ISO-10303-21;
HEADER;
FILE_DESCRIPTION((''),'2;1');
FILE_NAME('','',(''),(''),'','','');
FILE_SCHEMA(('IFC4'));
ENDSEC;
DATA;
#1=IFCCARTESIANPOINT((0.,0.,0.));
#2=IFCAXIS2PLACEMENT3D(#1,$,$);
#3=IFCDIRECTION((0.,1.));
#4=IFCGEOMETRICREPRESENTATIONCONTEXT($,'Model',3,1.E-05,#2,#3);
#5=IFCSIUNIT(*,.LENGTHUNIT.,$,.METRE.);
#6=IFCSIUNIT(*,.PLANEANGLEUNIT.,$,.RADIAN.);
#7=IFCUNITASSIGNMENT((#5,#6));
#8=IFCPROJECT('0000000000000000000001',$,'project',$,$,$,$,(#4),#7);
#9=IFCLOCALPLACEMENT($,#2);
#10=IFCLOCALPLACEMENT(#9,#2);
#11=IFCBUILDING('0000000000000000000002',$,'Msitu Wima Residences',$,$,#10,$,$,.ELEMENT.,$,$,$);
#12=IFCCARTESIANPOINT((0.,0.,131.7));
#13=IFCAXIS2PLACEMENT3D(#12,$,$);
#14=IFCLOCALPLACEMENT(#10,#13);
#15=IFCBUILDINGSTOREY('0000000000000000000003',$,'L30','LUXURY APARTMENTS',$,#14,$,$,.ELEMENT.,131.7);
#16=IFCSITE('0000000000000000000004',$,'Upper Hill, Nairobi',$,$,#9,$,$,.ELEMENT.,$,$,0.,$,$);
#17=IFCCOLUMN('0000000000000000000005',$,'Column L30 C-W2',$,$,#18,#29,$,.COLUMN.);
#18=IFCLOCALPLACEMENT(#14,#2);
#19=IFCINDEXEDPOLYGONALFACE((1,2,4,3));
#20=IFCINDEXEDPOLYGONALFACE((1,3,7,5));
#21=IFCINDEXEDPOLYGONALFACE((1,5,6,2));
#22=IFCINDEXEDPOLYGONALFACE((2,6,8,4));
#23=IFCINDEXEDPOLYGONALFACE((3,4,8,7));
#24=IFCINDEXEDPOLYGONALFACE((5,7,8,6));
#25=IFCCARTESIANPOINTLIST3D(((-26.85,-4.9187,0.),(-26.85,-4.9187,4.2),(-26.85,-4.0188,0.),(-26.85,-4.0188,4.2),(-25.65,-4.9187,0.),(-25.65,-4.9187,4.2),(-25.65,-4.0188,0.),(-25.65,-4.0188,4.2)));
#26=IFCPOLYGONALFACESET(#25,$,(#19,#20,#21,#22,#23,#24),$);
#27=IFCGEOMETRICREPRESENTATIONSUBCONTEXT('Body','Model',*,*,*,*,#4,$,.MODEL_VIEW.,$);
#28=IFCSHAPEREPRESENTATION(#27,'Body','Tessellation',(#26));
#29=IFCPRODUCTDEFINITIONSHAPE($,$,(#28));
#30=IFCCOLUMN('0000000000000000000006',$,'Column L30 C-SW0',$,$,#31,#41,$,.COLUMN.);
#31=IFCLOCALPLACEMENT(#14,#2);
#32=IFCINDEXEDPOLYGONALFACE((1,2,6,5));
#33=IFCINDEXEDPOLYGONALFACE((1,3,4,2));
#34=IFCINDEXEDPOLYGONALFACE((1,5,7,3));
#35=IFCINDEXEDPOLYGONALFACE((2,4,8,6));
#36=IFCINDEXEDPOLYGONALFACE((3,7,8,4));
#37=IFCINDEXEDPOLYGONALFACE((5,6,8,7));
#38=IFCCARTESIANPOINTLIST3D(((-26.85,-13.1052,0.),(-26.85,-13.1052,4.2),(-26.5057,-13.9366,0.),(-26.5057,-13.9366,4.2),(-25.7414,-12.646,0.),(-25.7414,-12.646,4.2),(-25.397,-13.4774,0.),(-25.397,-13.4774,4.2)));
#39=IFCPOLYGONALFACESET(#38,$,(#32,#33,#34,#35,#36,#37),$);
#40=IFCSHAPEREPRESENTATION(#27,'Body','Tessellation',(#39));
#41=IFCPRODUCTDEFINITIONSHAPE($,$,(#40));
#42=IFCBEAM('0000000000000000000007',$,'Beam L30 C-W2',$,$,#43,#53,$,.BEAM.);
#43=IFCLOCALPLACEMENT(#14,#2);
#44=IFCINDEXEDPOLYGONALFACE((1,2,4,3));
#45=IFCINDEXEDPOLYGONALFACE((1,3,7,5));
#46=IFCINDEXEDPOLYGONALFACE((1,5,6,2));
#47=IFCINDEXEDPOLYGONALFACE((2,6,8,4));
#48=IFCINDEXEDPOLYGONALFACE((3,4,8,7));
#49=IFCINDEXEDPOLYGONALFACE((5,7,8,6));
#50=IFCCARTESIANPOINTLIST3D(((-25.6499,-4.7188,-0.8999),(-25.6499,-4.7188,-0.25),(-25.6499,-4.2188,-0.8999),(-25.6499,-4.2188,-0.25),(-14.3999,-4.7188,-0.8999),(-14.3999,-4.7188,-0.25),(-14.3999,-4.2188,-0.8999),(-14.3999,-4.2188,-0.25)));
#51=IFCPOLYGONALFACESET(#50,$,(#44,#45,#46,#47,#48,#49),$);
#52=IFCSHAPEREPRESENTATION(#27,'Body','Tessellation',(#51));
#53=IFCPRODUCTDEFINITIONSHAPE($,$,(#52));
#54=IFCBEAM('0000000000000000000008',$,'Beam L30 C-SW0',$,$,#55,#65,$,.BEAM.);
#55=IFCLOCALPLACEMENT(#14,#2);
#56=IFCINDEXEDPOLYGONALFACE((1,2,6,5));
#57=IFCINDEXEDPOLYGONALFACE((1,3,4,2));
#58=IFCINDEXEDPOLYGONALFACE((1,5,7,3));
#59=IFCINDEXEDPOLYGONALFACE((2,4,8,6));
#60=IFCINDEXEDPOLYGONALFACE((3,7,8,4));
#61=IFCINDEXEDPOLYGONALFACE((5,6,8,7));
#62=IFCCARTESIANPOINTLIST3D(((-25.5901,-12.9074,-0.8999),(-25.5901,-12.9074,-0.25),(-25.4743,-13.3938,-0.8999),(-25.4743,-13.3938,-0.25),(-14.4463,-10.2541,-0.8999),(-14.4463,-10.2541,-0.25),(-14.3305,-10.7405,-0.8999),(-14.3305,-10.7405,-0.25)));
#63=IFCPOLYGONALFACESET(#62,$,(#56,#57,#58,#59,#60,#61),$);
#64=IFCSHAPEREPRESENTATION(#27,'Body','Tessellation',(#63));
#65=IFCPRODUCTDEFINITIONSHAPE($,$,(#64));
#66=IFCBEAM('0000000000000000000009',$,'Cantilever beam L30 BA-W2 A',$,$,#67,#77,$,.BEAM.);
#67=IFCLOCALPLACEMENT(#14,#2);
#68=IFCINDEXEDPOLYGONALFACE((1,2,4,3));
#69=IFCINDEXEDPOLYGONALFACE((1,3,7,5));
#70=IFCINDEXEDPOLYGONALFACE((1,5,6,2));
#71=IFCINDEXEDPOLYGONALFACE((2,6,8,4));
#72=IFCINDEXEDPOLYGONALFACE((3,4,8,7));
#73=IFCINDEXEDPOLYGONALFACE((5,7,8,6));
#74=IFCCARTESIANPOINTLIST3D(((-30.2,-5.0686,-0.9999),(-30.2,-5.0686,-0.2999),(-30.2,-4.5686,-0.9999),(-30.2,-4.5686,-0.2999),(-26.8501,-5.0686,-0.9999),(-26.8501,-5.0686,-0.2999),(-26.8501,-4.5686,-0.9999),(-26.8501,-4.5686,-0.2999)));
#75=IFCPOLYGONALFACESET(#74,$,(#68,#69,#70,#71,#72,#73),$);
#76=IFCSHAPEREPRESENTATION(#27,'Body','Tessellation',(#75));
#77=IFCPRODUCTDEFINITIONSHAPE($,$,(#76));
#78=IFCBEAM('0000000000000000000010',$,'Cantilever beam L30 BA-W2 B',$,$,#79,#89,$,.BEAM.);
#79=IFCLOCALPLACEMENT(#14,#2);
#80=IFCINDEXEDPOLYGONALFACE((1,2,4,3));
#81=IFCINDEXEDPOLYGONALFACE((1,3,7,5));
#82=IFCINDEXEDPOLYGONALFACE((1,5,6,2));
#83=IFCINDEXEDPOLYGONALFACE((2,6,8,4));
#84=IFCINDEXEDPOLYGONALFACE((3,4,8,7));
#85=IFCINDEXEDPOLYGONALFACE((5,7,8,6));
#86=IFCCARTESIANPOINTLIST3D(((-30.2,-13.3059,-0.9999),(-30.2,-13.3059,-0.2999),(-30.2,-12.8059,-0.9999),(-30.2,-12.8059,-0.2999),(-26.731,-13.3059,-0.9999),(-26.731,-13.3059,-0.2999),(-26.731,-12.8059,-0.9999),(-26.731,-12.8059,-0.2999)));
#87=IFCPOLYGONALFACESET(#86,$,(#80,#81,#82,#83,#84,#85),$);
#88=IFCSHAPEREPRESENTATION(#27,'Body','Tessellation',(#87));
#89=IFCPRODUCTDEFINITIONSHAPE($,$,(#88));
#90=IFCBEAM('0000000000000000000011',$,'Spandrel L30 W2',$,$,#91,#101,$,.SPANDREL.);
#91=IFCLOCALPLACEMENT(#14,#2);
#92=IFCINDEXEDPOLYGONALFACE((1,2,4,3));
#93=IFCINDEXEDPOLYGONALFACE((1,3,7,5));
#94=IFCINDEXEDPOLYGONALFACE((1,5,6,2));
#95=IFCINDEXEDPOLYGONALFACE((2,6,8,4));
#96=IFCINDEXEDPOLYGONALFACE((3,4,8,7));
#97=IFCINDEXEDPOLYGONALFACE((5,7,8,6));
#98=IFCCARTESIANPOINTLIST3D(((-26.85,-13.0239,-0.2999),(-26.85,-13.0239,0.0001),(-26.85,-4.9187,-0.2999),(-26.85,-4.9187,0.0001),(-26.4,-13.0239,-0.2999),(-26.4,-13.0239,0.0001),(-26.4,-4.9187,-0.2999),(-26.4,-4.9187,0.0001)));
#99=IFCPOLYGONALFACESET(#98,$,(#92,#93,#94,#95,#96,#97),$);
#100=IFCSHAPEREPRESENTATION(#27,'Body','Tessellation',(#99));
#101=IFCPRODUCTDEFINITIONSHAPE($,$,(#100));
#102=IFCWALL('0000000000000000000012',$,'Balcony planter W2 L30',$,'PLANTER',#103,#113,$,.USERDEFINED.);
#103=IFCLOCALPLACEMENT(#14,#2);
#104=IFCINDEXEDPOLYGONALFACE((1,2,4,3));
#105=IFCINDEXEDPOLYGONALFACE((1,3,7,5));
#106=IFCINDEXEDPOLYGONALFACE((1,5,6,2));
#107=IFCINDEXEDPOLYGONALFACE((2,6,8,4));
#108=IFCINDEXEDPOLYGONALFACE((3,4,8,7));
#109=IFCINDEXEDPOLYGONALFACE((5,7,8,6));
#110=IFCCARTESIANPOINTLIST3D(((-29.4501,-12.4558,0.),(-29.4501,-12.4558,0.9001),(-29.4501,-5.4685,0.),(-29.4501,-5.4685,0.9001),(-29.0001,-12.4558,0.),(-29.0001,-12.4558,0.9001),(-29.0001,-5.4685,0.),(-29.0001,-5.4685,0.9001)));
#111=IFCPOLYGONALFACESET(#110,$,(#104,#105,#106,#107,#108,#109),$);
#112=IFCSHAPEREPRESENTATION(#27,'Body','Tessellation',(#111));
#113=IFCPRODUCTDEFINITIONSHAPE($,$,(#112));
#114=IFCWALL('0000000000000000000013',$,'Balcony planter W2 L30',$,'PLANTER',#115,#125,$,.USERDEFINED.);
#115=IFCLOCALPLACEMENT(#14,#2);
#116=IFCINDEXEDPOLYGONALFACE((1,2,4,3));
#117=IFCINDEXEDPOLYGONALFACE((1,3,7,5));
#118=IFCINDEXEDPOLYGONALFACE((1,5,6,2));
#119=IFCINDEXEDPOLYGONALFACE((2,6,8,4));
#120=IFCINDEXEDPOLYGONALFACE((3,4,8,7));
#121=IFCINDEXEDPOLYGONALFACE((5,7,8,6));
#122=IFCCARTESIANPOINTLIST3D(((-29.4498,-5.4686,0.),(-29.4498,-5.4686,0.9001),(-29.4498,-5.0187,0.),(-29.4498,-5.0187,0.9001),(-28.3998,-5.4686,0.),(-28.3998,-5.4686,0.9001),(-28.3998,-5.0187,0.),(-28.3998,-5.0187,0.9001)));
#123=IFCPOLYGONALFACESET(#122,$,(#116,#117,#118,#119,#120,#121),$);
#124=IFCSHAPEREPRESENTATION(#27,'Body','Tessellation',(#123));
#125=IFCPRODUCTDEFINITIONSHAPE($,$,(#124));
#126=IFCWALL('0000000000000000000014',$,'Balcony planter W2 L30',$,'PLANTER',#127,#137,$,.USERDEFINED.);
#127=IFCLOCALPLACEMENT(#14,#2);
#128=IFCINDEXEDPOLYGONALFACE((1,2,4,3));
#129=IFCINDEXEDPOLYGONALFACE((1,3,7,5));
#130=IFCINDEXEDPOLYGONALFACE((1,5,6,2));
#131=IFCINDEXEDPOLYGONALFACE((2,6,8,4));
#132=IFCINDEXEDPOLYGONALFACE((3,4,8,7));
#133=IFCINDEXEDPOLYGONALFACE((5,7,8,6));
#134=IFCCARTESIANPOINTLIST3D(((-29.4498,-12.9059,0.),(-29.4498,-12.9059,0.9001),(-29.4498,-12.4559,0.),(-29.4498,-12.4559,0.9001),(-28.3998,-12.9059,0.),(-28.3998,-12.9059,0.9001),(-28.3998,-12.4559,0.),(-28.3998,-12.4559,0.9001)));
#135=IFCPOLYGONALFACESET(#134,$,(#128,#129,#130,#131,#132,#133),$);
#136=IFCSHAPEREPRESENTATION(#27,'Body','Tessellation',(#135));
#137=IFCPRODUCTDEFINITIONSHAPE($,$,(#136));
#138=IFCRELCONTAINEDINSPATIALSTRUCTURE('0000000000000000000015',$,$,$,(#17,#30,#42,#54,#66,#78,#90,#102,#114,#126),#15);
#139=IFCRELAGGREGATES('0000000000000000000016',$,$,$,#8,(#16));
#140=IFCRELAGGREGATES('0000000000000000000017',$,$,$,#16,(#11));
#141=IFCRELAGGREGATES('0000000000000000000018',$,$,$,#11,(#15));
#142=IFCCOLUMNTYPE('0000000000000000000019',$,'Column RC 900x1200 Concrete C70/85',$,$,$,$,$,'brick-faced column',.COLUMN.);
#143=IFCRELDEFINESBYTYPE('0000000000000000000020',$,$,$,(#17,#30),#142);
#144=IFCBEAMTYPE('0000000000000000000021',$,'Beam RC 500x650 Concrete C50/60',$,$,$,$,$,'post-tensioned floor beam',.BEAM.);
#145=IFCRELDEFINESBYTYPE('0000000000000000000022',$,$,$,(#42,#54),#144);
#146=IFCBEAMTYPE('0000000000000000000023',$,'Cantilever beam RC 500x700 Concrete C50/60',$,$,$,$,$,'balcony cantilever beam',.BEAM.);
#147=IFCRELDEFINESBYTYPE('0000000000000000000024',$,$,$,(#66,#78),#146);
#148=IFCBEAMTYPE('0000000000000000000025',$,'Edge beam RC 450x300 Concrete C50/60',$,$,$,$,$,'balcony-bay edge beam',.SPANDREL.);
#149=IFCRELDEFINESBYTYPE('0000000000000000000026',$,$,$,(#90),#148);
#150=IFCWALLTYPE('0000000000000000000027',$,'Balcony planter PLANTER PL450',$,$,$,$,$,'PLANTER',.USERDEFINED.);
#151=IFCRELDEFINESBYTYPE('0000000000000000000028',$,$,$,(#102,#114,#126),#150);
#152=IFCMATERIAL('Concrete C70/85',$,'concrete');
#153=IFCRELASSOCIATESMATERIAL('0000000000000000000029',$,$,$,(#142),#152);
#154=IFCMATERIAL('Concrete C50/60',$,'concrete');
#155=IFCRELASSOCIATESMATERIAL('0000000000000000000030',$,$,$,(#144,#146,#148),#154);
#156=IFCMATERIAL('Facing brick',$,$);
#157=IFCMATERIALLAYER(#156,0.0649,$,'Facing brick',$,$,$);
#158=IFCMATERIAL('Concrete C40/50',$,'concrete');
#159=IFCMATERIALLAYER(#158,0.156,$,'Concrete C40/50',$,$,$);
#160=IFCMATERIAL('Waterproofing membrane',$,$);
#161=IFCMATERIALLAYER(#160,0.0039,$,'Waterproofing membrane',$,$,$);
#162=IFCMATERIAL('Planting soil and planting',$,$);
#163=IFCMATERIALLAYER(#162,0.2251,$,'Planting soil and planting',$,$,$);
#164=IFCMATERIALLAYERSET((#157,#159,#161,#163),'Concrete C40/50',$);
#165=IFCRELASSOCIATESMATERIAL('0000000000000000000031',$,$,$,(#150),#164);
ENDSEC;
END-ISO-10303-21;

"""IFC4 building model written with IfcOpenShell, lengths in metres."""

from ifc_helpers import new_model, si_unit, direction, frame, frame_2d, origin, origin_2d, place, context, subcontext, project, spatial, rectangle, extrude, material, layer, layer_set, material_profile, profile_set, type_object, element, save


model = new_model("IFC4")

# Units and contexts
model_context = context("Model", 3, precision=1e-05, world=origin(), true_north=direction((0.0, 1.0)))
body_context = subcontext(model_context, "Body", "Model", "MODEL_VIEW")
ifc_project = project(units=[si_unit("LENGTHUNIT", "METRE"), si_unit("PLANEANGLEUNIT", "RADIAN")], contexts=[model_context])

# Site, building, storey
site_placement = place(None, origin())
site = spatial("IfcSite", under=ifc_project, at=site_placement, Name="Upper Hill, Nairobi", CompositionType="ELEMENT", RefElevation=0.0)
building_placement = place(site_placement, origin())
building = spatial("IfcBuilding", under=site, at=building_placement, Name="Msitu Wima Residences", CompositionType="ELEMENT")
storey_placement = place(building_placement, frame((0.0, 0.0, 131.7)))
storey = spatial("IfcBuildingStorey", under=building, at=storey_placement, Name="L30", Description="LUXURY APARTMENTS", CompositionType="ELEMENT", Elevation=131.7)

# Columns
ifc_material_1 = material(Name="Concrete C70/85", Category="concrete")
ifc_material_profile_1 = material_profile(ifc_material_1, rectangle(XDim=0.8999, YDim=1.2, at=origin_2d()), Name="RC 900x1200")
ifc_profile_set_1 = profile_set([ifc_material_profile_1], Name="Concrete C70/85")
column_type = type_object("IfcColumnType", Name="Column RC 900x1200 Concrete C70/85", ElementType="brick-faced column", PredefinedType="COLUMN", material=ifc_profile_set_1)
for number, where, z_axis, x_axis, name in (
    (1, (-26.25, -4.4688, 0.0), (0.0, 0.0, 1.0), (0.0, -1.0, 0.0), "Column L30 C-W2"),
    (2, (-26.1235, -13.2913, 0.0), (0.0, 0.0, 1.0), (0.382683, -0.92388, 0.0), "Column L30 C-SW0"),
):
    element("IfcColumn", number, at=place(storey_placement, frame(where, z_axis=z_axis, x_axis=x_axis)), inside=storey, type_object=column_type, Name=name, PredefinedType="COLUMN", context=body_context, shape_type="SweptSolid", body=[
        extrude(rectangle(XDim=0.8999, YDim=1.2, at=origin_2d()), origin(), (0.0, 0.0, 1.0), 4.2),
    ])

# Beams
ifc_material_2 = material(Name="Concrete C50/60", Category="concrete")
ifc_material_profile_2 = material_profile(ifc_material_2, rectangle(XDim=0.5, YDim=0.6499, at=origin_2d()), Name="RC 500x650")
ifc_profile_set_2 = profile_set([ifc_material_profile_2], Name="Concrete C50/60")
beam_type_1 = type_object("IfcBeamType", Name="Beam RC 500x650 Concrete C50/60", ElementType="post-tensioned floor beam", PredefinedType="BEAM", material=ifc_profile_set_2)
beam_1_placement = place(storey_placement, frame((-25.6499, -4.4688, -0.575), z_axis=(1.0, 0.0, 0.0), x_axis=(0.0, 1.0, 0.0)))
element("IfcBeam", 3, at=beam_1_placement, inside=storey, type_object=beam_type_1, Name="Beam L30 C-W2", PredefinedType="BEAM", context=body_context, shape_type="SweptSolid", body=[
    extrude(rectangle(XDim=0.5, YDim=0.6499, at=origin_2d()), origin(), (0.0, 0.0, 1.0), 11.25),
])
beam_2_placement = place(storey_placement, frame((-25.5322, -13.1506, -0.575), z_axis=(0.972806, 0.231623, 0.0), x_axis=(-0.231623, 0.972806, 0.0)))
element("IfcBeam", 4, at=beam_2_placement, inside=storey, type_object=beam_type_1, Name="Beam L30 C-SW0", PredefinedType="BEAM", context=body_context, shape_type="SweptSolid", body=[
    extrude(rectangle(XDim=0.5, YDim=0.6499, at=origin_2d()), origin(), (0.0, 0.0, 1.0), 11.4553),
])
ifc_material_profile_3 = material_profile(ifc_material_2, rectangle(XDim=0.5, YDim=0.7, at=origin_2d()), Name="RC 500x700")
ifc_profile_set_3 = profile_set([ifc_material_profile_3], Name="Concrete C50/60")
beam_type_2 = type_object("IfcBeamType", Name="Cantilever beam RC 500x700 Concrete C50/60", ElementType="balcony cantilever beam", PredefinedType="BEAM", material=ifc_profile_set_3)
beam_3_placement = place(storey_placement, frame((-26.8501, -4.8186, -0.6499), z_axis=(-1.0, 0.0, 0.0), x_axis=(0.0, -1.0, 0.0)))
element("IfcBeam", 5, at=beam_3_placement, inside=storey, type_object=beam_type_2, Name="Cantilever beam L30 BA-W2 A", PredefinedType="BEAM", context=body_context, shape_type="SweptSolid", body=[
    extrude(rectangle(XDim=0.5, YDim=0.7, at=origin_2d()), origin(), (0.0, 0.0, 1.0), 3.3499),
])
beam_4_placement = place(storey_placement, frame((-26.731, -13.0559, -0.6499), z_axis=(-1.0, 0.0, 0.0), x_axis=(0.0, -1.0, 0.0)))
element("IfcBeam", 6, at=beam_4_placement, inside=storey, type_object=beam_type_2, Name="Cantilever beam L30 BA-W2 B", PredefinedType="BEAM", context=body_context, shape_type="SweptSolid", body=[
    extrude(rectangle(XDim=0.5, YDim=0.7, at=origin_2d()), origin(), (0.0, 0.0, 1.0), 3.469),
])
ifc_material_profile_4 = material_profile(ifc_material_2, rectangle(XDim=0.45, YDim=0.3, at=origin_2d()), Name="RC 450x300")
ifc_profile_set_4 = profile_set([ifc_material_profile_4], Name="Concrete C50/60")
beam_type_3 = type_object("IfcBeamType", Name="Edge beam RC 450x300 Concrete C50/60", ElementType="balcony-bay edge beam", PredefinedType="SPANDREL", material=ifc_profile_set_4)
beam_5_placement = place(storey_placement, frame((-26.625, -4.9187, -0.1499), z_axis=(0.0, -1.0, 0.0), x_axis=(1.0, 0.0, 0.0)))
element("IfcBeam", 7, at=beam_5_placement, inside=storey, type_object=beam_type_3, Name="Spandrel L30 W2", PredefinedType="SPANDREL", context=body_context, shape_type="SweptSolid", body=[
    extrude(rectangle(XDim=0.45, YDim=0.3, at=origin_2d()), origin(), (0.0, 0.0, 1.0), 8.1052),
])

# Walls
ifc_material_3 = material(Name="Facing brick")
ifc_layer_1 = layer(ifc_material_3, 0.0649, Name="Facing brick")
ifc_material_4 = material(Name="Concrete C40/50", Category="concrete")
ifc_layer_2 = layer(ifc_material_4, 0.156, Name="Concrete C40/50")
ifc_material_5 = material(Name="Waterproofing membrane")
ifc_layer_3 = layer(ifc_material_5, 0.0039, Name="Waterproofing membrane")
ifc_material_6 = material(Name="Planting soil and planting")
ifc_layer_4 = layer(ifc_material_6, 0.2251, Name="Planting soil and planting")
ifc_layer_set_1 = layer_set([ifc_layer_1, ifc_layer_2, ifc_layer_3, ifc_layer_4], Name="Concrete C40/50")
wall_type_1 = type_object("IfcWallType", Name="Balcony planter PLANTER PL450", ElementType="PLANTER", PredefinedType="USERDEFINED", material=ifc_layer_set_1)
wall_1_placement = place(storey_placement, frame((-29.2251, -5.4685, 0.0), z_axis=(0.0, 0.0, 1.0), x_axis=(0.0, -1.0, 0.0)))
element("IfcWall", 8, at=wall_1_placement, inside=storey, type_object=wall_type_1, Name="Balcony planter W2 L30", ObjectType="PLANTER", PredefinedType="USERDEFINED", context=body_context, shape_type="SweptSolid", body=[
    extrude(rectangle(XDim=6.9873, YDim=0.45, at=frame_2d((3.4937, 0.0))), origin(), (0.0, 0.0, 1.0), 0.9001),
])
for number, where, z_axis, x_axis, name in (
    (9, (-28.3999, -5.2437, 0.0), (0.0, 0.0, 1.0), (-1.0, 0.0, 0.0), "Balcony planter W2 L30"),
    (10, (-28.3999, -12.6809, 0.0), (0.0, 0.0, 1.0), (-1.0, 0.0, 0.0), "Balcony planter W2 L30"),
):
    element("IfcWall", number, at=place(storey_placement, frame(where, z_axis=z_axis, x_axis=x_axis)), inside=storey, type_object=wall_type_1, Name=name, ObjectType="PLANTER", PredefinedType="USERDEFINED", context=body_context, shape_type="SweptSolid", body=[
        extrude(rectangle(XDim=1.05, YDim=0.45, at=frame_2d((0.5249, 0.0))), origin(), (0.0, 0.0, 1.0), 0.9001),
    ])

save(model, "model.ifc")
